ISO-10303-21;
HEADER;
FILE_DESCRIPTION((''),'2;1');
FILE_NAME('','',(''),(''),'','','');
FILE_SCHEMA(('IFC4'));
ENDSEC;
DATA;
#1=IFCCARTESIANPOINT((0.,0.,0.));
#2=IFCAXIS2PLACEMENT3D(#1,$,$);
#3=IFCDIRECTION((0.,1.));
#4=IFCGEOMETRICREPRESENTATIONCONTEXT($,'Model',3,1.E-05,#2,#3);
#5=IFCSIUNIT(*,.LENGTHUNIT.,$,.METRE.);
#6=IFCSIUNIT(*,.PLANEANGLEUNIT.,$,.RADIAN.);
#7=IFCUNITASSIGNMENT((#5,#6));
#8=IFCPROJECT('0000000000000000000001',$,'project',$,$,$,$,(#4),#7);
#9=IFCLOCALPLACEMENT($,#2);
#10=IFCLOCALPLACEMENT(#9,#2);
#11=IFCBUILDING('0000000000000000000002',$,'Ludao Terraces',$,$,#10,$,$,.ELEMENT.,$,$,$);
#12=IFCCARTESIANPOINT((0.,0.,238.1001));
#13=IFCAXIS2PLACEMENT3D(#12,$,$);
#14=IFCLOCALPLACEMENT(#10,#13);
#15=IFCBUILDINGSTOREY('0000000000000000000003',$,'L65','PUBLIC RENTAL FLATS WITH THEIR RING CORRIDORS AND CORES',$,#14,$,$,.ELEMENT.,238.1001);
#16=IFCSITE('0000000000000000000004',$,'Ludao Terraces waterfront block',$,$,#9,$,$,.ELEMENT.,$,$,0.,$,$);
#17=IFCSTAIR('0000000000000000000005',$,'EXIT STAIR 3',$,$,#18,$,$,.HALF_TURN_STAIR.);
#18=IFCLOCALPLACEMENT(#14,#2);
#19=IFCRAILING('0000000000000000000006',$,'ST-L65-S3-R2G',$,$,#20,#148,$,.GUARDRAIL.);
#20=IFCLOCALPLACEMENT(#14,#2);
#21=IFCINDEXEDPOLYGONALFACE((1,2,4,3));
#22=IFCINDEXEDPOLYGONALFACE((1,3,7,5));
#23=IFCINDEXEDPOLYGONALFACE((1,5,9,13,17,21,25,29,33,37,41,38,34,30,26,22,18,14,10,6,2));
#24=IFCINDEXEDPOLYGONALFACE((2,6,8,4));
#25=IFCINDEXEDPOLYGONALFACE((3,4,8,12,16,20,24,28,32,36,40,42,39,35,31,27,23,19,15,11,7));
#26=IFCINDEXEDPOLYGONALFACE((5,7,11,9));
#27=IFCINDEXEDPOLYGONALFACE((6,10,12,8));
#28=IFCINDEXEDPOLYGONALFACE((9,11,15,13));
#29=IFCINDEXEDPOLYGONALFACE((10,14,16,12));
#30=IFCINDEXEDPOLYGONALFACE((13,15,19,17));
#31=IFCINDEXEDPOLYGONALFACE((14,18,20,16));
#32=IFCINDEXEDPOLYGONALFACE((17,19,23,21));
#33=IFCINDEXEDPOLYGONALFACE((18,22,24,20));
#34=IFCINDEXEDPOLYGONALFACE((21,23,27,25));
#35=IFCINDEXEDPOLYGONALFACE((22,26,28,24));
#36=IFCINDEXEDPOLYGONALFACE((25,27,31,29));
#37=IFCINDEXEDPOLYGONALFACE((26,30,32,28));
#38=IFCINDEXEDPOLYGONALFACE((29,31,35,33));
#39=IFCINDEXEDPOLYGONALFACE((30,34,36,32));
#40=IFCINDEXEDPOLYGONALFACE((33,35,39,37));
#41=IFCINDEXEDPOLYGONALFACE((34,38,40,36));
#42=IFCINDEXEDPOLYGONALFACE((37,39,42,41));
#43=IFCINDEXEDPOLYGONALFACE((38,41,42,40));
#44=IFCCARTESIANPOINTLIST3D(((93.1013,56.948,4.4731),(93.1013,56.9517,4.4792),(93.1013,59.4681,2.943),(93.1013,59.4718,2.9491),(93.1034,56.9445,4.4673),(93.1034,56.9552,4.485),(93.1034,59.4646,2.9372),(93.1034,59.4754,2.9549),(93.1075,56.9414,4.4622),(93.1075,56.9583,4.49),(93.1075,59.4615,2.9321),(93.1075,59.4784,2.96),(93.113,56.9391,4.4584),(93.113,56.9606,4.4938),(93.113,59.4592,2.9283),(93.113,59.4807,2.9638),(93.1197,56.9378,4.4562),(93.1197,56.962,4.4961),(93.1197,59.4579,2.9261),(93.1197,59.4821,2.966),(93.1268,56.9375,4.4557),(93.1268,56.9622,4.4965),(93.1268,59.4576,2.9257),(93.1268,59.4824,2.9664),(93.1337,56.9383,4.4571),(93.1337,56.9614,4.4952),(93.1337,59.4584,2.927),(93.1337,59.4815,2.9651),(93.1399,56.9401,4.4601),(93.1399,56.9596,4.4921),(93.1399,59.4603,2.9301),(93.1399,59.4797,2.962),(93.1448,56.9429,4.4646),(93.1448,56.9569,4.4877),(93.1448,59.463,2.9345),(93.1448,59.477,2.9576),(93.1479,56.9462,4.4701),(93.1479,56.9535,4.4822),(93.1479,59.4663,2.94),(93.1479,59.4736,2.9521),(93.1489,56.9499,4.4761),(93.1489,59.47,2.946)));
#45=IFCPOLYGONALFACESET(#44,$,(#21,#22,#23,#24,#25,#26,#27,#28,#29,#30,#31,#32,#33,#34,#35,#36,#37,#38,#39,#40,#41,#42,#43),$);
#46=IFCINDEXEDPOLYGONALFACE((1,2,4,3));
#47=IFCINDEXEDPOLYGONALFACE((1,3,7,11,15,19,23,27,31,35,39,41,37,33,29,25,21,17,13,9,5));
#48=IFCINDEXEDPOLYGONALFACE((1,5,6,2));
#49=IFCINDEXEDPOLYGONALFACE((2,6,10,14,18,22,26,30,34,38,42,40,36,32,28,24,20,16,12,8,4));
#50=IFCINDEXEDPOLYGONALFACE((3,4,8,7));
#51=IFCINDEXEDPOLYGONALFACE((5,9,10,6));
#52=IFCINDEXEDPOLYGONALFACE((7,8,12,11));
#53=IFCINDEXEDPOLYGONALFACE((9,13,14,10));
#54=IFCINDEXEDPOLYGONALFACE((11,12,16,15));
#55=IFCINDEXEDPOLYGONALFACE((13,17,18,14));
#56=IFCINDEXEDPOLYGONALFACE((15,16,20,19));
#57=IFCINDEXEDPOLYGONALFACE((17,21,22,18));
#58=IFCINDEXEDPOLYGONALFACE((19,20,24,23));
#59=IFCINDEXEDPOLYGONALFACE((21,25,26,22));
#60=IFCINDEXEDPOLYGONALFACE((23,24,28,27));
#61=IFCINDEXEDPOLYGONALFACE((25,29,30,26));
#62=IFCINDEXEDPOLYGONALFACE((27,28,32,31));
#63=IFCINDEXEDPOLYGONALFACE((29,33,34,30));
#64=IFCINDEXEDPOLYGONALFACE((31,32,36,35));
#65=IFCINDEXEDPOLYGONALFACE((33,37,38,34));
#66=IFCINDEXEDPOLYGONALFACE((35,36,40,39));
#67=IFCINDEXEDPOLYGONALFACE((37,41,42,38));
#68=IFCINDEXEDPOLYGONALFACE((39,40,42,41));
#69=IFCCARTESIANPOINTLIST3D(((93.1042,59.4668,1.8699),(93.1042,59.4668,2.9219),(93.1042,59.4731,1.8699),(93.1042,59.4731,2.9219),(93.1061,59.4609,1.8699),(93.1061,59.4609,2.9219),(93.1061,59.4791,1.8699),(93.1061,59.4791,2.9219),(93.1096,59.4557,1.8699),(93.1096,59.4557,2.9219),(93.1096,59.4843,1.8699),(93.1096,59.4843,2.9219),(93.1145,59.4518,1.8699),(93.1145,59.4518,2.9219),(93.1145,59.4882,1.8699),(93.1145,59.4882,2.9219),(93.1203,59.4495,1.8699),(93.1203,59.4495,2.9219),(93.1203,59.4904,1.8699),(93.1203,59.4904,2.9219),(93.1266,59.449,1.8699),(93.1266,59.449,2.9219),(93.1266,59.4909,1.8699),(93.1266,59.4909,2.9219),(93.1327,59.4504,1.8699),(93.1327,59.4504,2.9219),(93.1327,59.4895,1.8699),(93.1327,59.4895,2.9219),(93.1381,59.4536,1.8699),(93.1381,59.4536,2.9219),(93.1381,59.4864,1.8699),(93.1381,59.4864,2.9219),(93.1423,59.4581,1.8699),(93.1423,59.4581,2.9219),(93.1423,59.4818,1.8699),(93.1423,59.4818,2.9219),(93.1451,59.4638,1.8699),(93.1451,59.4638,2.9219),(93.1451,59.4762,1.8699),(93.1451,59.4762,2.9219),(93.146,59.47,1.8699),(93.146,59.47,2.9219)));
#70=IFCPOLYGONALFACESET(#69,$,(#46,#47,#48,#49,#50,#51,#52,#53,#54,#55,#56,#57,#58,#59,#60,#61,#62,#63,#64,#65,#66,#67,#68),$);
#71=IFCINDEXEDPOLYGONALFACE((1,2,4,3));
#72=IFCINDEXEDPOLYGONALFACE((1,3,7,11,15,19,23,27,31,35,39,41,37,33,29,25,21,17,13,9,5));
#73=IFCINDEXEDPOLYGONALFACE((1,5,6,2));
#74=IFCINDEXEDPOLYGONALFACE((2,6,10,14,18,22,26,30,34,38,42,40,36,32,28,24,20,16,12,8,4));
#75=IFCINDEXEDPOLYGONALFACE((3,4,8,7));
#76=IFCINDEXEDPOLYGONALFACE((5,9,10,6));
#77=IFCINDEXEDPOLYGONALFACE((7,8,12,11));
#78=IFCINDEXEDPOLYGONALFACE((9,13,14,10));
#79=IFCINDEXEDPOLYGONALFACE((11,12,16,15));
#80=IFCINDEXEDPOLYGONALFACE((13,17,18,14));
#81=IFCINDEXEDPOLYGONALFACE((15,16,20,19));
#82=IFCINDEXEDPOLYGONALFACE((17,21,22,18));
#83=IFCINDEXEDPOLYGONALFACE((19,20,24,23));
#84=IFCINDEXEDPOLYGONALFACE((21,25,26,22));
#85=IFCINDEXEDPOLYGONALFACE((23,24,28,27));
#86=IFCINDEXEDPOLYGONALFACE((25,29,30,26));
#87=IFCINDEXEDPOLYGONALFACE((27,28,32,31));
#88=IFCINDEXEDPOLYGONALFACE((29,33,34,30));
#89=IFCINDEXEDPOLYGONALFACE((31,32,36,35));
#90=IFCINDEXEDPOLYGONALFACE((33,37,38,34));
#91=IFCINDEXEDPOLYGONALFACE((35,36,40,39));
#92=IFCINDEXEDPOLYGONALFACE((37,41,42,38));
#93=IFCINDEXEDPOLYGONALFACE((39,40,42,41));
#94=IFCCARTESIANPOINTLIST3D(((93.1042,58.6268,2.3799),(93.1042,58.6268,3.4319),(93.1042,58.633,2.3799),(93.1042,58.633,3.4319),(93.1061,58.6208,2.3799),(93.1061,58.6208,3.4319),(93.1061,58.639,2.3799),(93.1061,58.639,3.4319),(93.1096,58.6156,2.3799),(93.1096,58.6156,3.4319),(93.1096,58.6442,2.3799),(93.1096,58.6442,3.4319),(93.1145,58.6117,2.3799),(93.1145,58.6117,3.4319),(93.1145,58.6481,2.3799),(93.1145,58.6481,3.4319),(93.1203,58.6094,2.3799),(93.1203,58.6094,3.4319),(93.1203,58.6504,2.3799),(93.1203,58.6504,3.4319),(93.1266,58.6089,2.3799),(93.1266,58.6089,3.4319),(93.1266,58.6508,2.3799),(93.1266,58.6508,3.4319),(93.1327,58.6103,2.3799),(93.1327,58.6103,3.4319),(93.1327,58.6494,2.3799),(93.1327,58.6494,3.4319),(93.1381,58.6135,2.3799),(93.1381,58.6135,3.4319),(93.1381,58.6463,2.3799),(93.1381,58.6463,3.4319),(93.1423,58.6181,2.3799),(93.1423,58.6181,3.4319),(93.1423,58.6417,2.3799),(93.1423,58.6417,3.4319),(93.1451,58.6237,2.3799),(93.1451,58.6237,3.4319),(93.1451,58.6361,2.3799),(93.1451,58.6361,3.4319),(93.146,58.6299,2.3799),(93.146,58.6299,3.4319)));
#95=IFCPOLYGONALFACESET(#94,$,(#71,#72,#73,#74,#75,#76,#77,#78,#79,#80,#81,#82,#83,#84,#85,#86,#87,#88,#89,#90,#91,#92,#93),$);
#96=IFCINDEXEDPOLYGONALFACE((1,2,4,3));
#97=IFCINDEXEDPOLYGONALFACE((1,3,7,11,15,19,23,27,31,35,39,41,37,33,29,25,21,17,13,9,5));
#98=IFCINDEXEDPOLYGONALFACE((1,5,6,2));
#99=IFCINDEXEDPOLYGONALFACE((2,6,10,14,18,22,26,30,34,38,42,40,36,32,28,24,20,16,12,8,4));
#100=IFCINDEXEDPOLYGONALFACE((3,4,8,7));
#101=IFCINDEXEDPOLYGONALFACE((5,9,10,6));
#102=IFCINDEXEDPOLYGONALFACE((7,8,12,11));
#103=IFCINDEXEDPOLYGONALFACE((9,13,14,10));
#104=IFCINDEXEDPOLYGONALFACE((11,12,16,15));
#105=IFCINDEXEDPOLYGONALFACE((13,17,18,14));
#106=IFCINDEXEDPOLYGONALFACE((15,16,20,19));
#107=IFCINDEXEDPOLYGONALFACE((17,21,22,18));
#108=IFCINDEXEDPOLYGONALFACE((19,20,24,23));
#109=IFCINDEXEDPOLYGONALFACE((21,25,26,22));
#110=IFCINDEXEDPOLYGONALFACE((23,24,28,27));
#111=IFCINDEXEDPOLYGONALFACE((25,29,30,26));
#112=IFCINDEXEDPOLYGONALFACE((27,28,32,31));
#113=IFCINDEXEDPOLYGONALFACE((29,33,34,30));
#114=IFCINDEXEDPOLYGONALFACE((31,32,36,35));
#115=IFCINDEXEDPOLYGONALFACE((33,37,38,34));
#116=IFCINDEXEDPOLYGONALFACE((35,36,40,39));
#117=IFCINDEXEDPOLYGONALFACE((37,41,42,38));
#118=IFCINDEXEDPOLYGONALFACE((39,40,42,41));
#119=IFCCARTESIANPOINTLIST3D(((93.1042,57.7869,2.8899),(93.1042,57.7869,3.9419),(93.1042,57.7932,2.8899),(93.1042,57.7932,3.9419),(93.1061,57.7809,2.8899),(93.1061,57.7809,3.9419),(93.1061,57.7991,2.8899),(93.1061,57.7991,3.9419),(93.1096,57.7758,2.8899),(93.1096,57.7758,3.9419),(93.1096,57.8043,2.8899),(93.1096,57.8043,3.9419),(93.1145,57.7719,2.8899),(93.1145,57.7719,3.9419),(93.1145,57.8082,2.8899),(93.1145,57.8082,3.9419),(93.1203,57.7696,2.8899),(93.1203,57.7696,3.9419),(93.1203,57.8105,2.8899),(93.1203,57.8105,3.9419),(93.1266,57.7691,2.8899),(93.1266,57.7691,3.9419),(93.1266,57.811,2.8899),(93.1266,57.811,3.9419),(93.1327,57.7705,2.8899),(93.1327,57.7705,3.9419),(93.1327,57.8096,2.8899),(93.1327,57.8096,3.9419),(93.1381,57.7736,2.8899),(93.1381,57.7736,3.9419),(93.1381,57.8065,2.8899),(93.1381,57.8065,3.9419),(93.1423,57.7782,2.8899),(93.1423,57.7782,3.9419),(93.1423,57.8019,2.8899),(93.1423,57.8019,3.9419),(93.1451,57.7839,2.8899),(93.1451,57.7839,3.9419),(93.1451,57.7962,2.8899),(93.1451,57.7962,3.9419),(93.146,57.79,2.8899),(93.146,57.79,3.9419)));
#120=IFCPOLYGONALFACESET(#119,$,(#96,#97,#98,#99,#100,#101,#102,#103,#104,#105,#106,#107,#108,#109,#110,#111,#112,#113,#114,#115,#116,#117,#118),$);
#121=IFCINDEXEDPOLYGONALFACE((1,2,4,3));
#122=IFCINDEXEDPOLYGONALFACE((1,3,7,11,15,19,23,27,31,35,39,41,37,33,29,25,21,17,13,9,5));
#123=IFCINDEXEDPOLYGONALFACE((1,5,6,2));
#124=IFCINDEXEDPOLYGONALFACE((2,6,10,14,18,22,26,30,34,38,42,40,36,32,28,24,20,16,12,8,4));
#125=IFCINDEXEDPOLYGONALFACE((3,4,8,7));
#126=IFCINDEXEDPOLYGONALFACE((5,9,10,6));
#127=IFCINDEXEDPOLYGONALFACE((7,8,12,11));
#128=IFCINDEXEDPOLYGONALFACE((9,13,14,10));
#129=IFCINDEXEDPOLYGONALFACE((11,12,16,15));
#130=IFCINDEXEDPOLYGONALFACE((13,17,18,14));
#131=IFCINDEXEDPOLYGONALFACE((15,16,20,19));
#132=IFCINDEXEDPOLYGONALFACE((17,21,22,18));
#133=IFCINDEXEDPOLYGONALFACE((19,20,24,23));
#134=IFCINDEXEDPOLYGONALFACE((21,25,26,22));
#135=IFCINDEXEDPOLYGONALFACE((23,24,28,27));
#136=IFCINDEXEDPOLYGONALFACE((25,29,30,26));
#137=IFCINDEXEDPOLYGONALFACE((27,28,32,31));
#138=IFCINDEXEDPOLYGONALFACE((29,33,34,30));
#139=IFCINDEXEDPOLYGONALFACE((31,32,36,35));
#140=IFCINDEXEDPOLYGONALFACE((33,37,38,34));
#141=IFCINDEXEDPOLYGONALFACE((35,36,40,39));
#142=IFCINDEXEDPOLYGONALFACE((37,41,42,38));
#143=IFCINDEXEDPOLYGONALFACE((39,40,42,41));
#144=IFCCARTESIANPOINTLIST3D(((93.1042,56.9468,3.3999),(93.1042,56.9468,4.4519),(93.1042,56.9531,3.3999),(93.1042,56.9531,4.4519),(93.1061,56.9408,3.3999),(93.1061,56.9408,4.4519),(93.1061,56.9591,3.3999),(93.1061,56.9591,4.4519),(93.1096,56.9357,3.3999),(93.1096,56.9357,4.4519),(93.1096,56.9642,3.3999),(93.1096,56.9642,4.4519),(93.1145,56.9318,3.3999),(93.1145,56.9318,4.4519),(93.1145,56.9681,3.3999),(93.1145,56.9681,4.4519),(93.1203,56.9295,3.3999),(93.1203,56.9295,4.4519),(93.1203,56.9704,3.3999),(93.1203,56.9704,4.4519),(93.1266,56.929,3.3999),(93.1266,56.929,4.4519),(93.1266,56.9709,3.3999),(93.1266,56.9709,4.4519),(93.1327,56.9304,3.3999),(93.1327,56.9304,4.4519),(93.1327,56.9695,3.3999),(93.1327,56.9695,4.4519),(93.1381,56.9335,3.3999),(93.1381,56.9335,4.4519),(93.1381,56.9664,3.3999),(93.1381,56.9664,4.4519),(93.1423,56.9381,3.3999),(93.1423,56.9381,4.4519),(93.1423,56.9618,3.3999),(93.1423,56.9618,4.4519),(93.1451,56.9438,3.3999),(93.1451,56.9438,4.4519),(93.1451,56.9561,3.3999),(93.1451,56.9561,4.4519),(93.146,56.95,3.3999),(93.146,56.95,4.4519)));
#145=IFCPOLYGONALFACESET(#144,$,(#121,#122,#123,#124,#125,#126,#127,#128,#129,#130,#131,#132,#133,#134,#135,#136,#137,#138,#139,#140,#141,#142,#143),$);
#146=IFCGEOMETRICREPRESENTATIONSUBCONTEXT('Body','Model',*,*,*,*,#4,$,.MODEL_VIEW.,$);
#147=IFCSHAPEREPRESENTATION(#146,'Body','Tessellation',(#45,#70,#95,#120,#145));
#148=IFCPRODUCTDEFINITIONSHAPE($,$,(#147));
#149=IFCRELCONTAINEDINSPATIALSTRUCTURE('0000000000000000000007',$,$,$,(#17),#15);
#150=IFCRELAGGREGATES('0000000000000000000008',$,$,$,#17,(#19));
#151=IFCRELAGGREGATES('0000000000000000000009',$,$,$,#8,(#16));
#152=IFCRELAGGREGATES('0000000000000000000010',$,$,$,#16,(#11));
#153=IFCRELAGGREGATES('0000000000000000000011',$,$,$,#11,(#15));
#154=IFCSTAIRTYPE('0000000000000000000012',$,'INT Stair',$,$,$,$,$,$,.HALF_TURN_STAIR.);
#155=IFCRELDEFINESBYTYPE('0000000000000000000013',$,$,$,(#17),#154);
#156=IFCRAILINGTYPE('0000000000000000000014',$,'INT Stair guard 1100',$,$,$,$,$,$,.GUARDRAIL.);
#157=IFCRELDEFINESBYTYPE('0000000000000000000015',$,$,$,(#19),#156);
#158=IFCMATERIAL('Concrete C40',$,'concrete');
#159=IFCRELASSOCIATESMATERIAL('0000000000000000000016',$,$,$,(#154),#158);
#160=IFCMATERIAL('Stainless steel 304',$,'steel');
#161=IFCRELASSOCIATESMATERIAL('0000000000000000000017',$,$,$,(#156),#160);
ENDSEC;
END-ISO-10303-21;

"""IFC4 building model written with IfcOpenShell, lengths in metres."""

from ifc_helpers import new_model, si_unit, direction, frame, origin, origin_2d, place, context, subcontext, project, spatial, circle, extrude, material, type_object, element, aggregate, save


model = new_model("IFC4")

# Units and contexts
model_context = context("Model", 3, precision=1e-05, world=origin(), true_north=direction((0.0, 1.0)))
body_context = subcontext(model_context, "Body", "Model", "MODEL_VIEW")
ifc_project = project(units=[si_unit("LENGTHUNIT", "METRE"), si_unit("PLANEANGLEUNIT", "RADIAN")], contexts=[model_context])

# Site, building, storey
site_placement = place(None, origin())
site = spatial("IfcSite", under=ifc_project, at=site_placement, Name="Ludao Terraces waterfront block", CompositionType="ELEMENT", RefElevation=0.0)
building_placement = place(site_placement, origin())
building = spatial("IfcBuilding", under=site, at=building_placement, Name="Ludao Terraces", CompositionType="ELEMENT")
storey_placement = place(building_placement, frame((0.0, 0.0, 238.1001)))
storey = spatial("IfcBuildingStorey", under=building, at=storey_placement, Name="L65", Description="PUBLIC RENTAL FLATS WITH THEIR RING CORRIDORS AND CORES", CompositionType="ELEMENT", Elevation=238.1001)

# Shared definitions
ifc_material_1 = material(Name="Concrete C40", Category="concrete")

# Stair, railing
stair_type = type_object("IfcStairType", Name="INT Stair", PredefinedType="HALF_TURN_STAIR", material=ifc_material_1)
stair_placement = place(storey_placement, origin())
stair = element("IfcStair", 1, at=stair_placement, inside=storey, type_object=stair_type, Name="EXIT STAIR 3", PredefinedType="HALF_TURN_STAIR")
ifc_material_2 = material(Name="Stainless steel 304", Category="steel")
railing_type_1 = type_object("IfcRailingType", Name="INT Stair guard 1100", PredefinedType="GUARDRAIL", material=ifc_material_2)
railing_1_placement = place(storey_placement, frame((93.125, 59.47, 1.8699)))
railing_1 = element("IfcRailing", 2, at=railing_1_placement, type_object=railing_type_1, Name="ST-L65-S3-R2G", PredefinedType="GUARDRAIL", context=body_context, shape_type="SweptSolid", body=[
    extrude(circle(Radius=0.0239, at=origin_2d()), frame((0.0, 0.0, 1.0762), z_axis=(0.0, -0.854785, 0.518982), x_axis=(1.0, 0.0, 0.0)), (0.0, 0.0, 1.0), 2.9482),
    extrude(circle(Radius=0.021, at=origin_2d()), origin(), (0.0, 0.0, 1.0), 1.052),
    extrude(circle(Radius=0.021, at=origin_2d()), frame((0.0, -0.8401, 0.51)), (0.0, 0.0, 1.0), 1.052),
    extrude(circle(Radius=0.021, at=origin_2d()), frame((0.0, -1.6799, 1.02)), (0.0, 0.0, 1.0), 1.052),
    extrude(circle(Radius=0.021, at=origin_2d()), frame((0.0, -2.52, 1.53)), (0.0, 0.0, 1.0), 1.052),
])
aggregate(stair, [railing_1])

save(model, "model.ifc")
